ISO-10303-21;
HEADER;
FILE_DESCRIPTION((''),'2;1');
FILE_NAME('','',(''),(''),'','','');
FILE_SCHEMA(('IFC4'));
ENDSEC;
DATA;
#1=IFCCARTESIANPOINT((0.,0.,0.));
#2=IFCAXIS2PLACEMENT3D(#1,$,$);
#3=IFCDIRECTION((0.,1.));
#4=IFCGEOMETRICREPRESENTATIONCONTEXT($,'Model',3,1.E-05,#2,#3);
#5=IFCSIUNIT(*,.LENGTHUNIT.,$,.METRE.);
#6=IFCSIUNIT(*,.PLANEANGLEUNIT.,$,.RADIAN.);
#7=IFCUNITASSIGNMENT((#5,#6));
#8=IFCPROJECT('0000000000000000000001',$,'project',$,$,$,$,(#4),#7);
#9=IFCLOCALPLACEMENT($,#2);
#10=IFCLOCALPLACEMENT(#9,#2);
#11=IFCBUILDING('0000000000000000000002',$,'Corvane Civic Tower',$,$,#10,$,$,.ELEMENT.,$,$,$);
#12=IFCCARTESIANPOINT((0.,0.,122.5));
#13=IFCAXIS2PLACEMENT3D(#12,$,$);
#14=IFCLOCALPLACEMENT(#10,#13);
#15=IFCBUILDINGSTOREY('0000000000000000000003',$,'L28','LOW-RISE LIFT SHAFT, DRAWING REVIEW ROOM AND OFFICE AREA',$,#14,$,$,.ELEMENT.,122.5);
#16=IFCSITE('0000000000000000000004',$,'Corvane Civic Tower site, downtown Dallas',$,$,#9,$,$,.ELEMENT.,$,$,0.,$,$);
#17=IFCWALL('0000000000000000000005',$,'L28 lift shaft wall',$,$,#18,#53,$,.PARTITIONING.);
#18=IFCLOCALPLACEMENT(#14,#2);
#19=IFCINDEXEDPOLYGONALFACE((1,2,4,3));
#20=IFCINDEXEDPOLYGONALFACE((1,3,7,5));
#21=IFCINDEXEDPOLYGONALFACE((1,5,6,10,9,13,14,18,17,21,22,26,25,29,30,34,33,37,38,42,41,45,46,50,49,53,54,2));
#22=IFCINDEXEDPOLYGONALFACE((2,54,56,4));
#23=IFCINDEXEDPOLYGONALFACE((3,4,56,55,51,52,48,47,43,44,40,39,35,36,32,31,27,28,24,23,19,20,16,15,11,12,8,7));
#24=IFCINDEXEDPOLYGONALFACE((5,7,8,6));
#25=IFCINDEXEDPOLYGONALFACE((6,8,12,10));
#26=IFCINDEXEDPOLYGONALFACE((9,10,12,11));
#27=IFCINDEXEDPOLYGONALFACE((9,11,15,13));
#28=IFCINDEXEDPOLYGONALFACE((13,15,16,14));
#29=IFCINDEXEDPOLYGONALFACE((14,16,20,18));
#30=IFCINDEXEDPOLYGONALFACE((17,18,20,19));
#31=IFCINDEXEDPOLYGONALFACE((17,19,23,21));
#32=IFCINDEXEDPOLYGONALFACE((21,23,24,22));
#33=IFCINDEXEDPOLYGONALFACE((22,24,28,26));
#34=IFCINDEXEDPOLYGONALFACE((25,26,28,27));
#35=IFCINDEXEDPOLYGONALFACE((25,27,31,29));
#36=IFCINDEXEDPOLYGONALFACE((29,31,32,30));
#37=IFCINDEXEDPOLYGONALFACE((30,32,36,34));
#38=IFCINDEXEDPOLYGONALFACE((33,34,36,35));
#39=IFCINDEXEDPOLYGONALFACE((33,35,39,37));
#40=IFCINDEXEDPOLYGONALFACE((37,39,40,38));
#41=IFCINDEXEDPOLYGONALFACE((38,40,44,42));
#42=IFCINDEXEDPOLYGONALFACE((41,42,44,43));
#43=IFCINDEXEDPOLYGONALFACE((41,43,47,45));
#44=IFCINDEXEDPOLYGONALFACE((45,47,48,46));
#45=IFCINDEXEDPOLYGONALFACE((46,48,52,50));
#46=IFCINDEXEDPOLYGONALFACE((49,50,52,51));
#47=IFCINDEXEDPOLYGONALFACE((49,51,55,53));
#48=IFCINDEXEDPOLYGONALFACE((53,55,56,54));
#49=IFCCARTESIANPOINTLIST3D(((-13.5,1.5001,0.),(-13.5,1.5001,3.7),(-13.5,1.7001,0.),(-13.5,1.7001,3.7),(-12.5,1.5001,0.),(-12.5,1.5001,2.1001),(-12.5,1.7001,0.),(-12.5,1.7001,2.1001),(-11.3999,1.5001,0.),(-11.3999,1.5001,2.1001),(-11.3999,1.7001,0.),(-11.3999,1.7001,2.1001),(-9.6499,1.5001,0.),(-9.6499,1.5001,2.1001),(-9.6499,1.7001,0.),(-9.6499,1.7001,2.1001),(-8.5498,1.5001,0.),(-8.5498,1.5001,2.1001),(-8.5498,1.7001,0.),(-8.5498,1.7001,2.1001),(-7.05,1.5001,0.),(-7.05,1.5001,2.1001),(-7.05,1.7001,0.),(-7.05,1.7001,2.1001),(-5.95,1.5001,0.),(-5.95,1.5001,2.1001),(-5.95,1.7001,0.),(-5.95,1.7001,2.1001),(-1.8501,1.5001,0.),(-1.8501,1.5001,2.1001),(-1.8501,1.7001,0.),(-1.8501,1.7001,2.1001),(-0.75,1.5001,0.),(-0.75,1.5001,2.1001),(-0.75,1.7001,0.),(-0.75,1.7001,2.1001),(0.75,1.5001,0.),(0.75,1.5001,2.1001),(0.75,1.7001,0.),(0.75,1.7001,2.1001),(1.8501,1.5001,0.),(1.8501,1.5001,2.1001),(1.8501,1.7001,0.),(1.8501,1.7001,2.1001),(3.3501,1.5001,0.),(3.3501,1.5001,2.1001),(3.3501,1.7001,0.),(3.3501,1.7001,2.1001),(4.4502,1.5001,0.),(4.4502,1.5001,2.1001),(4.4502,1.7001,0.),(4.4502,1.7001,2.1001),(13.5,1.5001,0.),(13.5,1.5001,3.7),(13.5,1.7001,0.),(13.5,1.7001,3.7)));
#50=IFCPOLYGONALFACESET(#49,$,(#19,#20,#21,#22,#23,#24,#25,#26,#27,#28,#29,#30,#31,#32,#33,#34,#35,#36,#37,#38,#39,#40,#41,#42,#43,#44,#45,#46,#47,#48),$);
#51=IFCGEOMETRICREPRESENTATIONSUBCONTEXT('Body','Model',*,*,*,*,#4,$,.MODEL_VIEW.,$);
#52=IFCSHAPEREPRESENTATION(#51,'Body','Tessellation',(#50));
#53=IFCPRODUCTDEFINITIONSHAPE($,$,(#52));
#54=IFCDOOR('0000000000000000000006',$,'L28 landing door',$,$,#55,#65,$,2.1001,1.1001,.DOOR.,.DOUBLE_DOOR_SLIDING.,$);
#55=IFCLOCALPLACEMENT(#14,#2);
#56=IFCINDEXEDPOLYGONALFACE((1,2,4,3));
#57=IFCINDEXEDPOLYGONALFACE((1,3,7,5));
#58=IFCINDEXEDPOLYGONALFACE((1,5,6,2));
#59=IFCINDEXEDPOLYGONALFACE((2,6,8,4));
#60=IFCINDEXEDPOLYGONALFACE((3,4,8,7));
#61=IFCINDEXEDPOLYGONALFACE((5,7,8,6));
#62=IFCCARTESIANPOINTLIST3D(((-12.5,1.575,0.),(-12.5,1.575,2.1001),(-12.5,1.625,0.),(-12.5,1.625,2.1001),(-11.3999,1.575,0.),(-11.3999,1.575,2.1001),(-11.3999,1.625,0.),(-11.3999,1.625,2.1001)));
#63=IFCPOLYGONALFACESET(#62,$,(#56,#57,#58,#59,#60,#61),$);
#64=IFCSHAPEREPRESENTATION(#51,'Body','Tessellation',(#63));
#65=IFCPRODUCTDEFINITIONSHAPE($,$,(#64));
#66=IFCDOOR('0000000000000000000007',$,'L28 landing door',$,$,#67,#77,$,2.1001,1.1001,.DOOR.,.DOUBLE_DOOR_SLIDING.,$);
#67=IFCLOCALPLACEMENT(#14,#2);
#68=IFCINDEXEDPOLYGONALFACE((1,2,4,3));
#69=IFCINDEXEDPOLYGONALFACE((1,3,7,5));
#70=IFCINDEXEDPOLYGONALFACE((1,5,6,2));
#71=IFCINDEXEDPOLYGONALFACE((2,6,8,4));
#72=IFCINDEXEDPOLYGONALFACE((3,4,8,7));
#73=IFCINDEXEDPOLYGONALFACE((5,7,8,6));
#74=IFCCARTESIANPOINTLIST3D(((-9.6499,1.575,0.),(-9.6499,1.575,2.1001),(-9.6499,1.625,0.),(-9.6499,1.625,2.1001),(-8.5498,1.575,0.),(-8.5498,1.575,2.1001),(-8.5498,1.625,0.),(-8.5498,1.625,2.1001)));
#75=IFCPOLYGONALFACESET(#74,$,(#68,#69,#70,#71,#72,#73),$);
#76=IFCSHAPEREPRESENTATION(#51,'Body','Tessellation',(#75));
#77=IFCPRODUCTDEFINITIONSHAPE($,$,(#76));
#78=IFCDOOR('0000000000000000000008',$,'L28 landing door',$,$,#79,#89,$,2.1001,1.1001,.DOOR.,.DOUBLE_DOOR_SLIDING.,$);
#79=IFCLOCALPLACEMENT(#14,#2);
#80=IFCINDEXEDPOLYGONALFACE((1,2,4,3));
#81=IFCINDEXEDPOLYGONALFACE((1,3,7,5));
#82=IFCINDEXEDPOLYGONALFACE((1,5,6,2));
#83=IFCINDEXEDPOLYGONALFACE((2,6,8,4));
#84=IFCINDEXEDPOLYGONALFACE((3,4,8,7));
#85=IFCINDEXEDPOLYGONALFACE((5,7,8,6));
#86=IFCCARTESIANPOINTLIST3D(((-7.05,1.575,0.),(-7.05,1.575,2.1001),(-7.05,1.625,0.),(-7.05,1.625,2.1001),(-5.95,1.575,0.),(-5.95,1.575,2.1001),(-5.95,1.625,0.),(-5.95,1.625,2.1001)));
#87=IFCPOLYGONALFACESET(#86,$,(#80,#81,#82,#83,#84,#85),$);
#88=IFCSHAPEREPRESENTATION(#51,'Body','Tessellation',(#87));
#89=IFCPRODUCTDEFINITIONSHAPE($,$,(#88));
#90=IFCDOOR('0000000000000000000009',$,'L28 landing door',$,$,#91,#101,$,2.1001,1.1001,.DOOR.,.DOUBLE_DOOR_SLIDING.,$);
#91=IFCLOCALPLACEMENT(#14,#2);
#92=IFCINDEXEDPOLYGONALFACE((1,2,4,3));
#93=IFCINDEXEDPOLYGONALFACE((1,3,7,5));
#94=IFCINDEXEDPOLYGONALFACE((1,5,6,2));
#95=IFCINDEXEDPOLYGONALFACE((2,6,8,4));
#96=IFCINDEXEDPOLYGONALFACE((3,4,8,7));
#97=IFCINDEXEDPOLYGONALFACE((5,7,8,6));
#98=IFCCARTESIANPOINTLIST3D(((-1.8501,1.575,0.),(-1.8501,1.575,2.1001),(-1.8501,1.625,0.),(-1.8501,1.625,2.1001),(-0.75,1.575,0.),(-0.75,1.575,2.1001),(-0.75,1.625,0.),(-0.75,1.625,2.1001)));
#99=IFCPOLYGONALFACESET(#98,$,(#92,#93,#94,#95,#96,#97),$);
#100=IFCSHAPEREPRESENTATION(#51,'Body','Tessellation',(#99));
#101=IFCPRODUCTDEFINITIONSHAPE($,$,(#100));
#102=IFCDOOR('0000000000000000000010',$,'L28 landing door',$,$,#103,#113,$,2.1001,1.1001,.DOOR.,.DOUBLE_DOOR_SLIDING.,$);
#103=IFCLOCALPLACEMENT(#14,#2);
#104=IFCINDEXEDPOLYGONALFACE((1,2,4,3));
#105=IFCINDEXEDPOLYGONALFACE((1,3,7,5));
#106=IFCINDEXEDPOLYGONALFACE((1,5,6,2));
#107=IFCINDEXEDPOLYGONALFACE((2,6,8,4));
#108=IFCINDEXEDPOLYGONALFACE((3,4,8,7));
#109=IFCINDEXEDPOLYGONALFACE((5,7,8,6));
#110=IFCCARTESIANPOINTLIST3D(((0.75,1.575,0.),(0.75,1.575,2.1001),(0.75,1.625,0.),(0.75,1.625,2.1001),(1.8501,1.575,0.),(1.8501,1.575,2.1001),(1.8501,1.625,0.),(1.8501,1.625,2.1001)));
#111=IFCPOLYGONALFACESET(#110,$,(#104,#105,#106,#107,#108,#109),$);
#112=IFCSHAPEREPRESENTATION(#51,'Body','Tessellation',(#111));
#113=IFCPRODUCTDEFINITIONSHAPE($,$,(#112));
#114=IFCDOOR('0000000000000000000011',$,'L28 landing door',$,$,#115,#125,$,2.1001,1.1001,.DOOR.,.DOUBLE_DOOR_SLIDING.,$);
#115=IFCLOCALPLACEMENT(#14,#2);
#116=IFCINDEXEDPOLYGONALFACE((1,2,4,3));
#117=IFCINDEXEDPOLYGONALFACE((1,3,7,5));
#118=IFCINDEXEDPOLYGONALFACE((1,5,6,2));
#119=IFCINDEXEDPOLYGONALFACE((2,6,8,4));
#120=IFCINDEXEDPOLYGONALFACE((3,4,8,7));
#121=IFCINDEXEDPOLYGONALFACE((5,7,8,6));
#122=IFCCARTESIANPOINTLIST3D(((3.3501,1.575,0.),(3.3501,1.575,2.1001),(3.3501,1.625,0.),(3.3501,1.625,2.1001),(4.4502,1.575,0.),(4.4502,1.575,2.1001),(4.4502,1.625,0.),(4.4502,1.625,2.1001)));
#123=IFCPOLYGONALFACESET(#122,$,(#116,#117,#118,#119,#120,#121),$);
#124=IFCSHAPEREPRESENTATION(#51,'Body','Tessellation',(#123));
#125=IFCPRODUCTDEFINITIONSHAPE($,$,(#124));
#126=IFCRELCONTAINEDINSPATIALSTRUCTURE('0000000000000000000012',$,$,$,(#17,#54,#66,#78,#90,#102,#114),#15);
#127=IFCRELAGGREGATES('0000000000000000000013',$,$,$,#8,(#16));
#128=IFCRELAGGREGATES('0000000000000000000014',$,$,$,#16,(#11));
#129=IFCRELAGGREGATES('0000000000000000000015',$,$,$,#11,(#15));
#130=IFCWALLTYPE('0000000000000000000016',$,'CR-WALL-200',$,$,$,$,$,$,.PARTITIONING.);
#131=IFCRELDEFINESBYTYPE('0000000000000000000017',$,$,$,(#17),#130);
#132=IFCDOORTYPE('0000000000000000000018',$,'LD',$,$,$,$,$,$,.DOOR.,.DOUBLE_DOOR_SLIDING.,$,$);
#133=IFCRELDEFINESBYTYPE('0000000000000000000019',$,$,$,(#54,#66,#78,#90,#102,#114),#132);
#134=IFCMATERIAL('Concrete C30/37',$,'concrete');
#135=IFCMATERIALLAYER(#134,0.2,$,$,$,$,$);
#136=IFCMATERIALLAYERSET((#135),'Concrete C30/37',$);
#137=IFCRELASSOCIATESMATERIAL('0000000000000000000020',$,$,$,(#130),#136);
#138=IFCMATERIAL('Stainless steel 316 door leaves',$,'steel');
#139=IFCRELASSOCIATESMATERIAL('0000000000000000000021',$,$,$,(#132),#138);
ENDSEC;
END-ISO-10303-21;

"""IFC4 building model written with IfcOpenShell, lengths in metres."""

from ifc_helpers import new_model, si_unit, direction, frame, frame_2d, origin, place, context, subcontext, project, spatial, rectangle, extrude, material, layer, layer_set, type_object, element, fill, save


model = new_model("IFC4")

# Units and contexts
model_context = context("Model", 3, precision=1e-05, world=origin(), true_north=direction((0.0, 1.0)))
body_context = subcontext(model_context, "Body", "Model", "MODEL_VIEW")
ifc_project = project(units=[si_unit("LENGTHUNIT", "METRE"), si_unit("PLANEANGLEUNIT", "RADIAN")], contexts=[model_context])

# Site, building, storey
site_placement = place(None, origin())
site = spatial("IfcSite", under=ifc_project, at=site_placement, Name="Corvane Civic Tower site, downtown Dallas", CompositionType="ELEMENT", RefElevation=0.0)
building_placement = place(site_placement, origin())
building = spatial("IfcBuilding", under=site, at=building_placement, Name="Corvane Civic Tower", CompositionType="ELEMENT")
storey_placement = place(building_placement, frame((0.0, 0.0, 122.5)))
storey = spatial("IfcBuildingStorey", under=building, at=storey_placement, Name="L28", Description="LOW-RISE LIFT SHAFT, DRAWING REVIEW ROOM AND OFFICE AREA", CompositionType="ELEMENT", Elevation=122.5)

# Wall, openings, doors
ifc_material_1 = material(Name="Concrete C30/37", Category="concrete")
ifc_layer_1 = layer(ifc_material_1, 0.2)
ifc_layer_set_1 = layer_set([ifc_layer_1], Name="Concrete C30/37")
wall_type_1 = type_object("IfcWallType", Name="CR-WALL-200", PredefinedType="PARTITIONING", material=ifc_layer_set_1)
ifc_material_2 = material(Name="Stainless steel 316 door leaves", Category="steel")
door_type_1 = type_object("IfcDoorType", Name="LD", OperationType="DOUBLE_DOOR_SLIDING", PredefinedType="DOOR", material=ifc_material_2)
wall_1_placement = place(storey_placement, frame((-13.5, 1.6001, 0.0), z_axis=(0.0, 0.0, 1.0), x_axis=(1.0, 0.0, 0.0)))
wall_1 = element("IfcWall", 1, at=wall_1_placement, inside=storey, type_object=wall_type_1, Name="L28 lift shaft wall", PredefinedType="PARTITIONING", context=body_context, shape_type="SweptSolid", body=[
    extrude(rectangle(XDim=27.0, YDim=0.2, at=frame_2d((13.5, 0.0))), origin(), (0.0, 0.0, 1.0), 3.7),
])
opening_1_placement = place(wall_1_placement, frame((1.0, 0.0, 0.0)))
opening_1 = element("IfcOpeningElement", 2, at=opening_1_placement, cuts=wall_1, PredefinedType="OPENING", context=body_context, shape_type="SweptSolid", body=[
    extrude(rectangle(XDim=1.1001, YDim=2.1001, at=frame_2d((0.55, 1.05))), frame((0.0, 0.1099, 0.0), z_axis=(0.0, -1.0, 0.0), x_axis=(1.0, 0.0, 0.0)), (0.0, 0.0, 1.0), 0.22),
])
opening_2_placement = place(wall_1_placement, frame((3.8501, 0.0, 0.0)))
opening_2 = element("IfcOpeningElement", 3, at=opening_2_placement, cuts=wall_1, PredefinedType="OPENING", context=body_context, shape_type="SweptSolid", body=[
    extrude(rectangle(XDim=1.1001, YDim=2.1001, at=frame_2d((0.55, 1.05))), frame((0.0, 0.1099, 0.0), z_axis=(0.0, -1.0, 0.0), x_axis=(1.0, 0.0, 0.0)), (0.0, 0.0, 1.0), 0.22),
])
opening_3_placement = place(wall_1_placement, frame((6.45, 0.0, 0.0)))
opening_3 = element("IfcOpeningElement", 4, at=opening_3_placement, cuts=wall_1, PredefinedType="OPENING", context=body_context, shape_type="SweptSolid", body=[
    extrude(rectangle(XDim=1.1001, YDim=2.1001, at=frame_2d((0.55, 1.05))), frame((0.0, 0.1099, 0.0), z_axis=(0.0, -1.0, 0.0), x_axis=(1.0, 0.0, 0.0)), (0.0, 0.0, 1.0), 0.22),
])
opening_4_placement = place(wall_1_placement, frame((11.6499, 0.0, 0.0)))
opening_4 = element("IfcOpeningElement", 5, at=opening_4_placement, cuts=wall_1, PredefinedType="OPENING", context=body_context, shape_type="SweptSolid", body=[
    extrude(rectangle(XDim=1.1001, YDim=2.1001, at=frame_2d((0.55, 1.05))), frame((0.0, 0.1099, 0.0), z_axis=(0.0, -1.0, 0.0), x_axis=(1.0, 0.0, 0.0)), (0.0, 0.0, 1.0), 0.22),
])
opening_5_placement = place(wall_1_placement, frame((14.25, 0.0, 0.0)))
opening_5 = element("IfcOpeningElement", 6, at=opening_5_placement, cuts=wall_1, PredefinedType="OPENING", context=body_context, shape_type="SweptSolid", body=[
    extrude(rectangle(XDim=1.1001, YDim=2.1001, at=frame_2d((0.55, 1.05))), frame((0.0, 0.1099, 0.0), z_axis=(0.0, -1.0, 0.0), x_axis=(1.0, 0.0, 0.0)), (0.0, 0.0, 1.0), 0.22),
])
opening_6_placement = place(wall_1_placement, frame((16.8501, 0.0, 0.0)))
opening_6 = element("IfcOpeningElement", 7, at=opening_6_placement, cuts=wall_1, PredefinedType="OPENING", context=body_context, shape_type="SweptSolid", body=[
    extrude(rectangle(XDim=1.1001, YDim=2.1001, at=frame_2d((0.55, 1.05))), frame((0.0, 0.1099, 0.0), z_axis=(0.0, -1.0, 0.0), x_axis=(1.0, 0.0, 0.0)), (0.0, 0.0, 1.0), 0.22),
])
door_1_placement = place(opening_1_placement, origin())
door_1 = element("IfcDoor", 8, at=door_1_placement, inside=storey, type_object=door_type_1, Name="L28 landing door", OperationType="DOUBLE_DOOR_SLIDING", OverallHeight=2.1001, OverallWidth=1.1001, PredefinedType="DOOR", context=body_context, shape_type="SweptSolid", body=[
    extrude(rectangle(XDim=1.1001, YDim=2.1001, at=frame_2d((0.55, 1.05))), frame((0.0, 0.0249, 0.0), z_axis=(0.0, -1.0, 0.0), x_axis=(1.0, 0.0, 0.0)), (0.0, 0.0, 1.0), 0.05),
])
fill(opening_1, door_1)
door_2_placement = place(opening_2_placement, origin())
door_2 = element("IfcDoor", 9, at=door_2_placement, inside=storey, type_object=door_type_1, Name="L28 landing door", OperationType="DOUBLE_DOOR_SLIDING", OverallHeight=2.1001, OverallWidth=1.1001, PredefinedType="DOOR", context=body_context, shape_type="SweptSolid", body=[
    extrude(rectangle(XDim=1.1001, YDim=2.1001, at=frame_2d((0.55, 1.05))), frame((0.0, 0.0249, 0.0), z_axis=(0.0, -1.0, 0.0), x_axis=(1.0, 0.0, 0.0)), (0.0, 0.0, 1.0), 0.05),
])
fill(opening_2, door_2)
door_3_placement = place(opening_3_placement, origin())
door_3 = element("IfcDoor", 10, at=door_3_placement, inside=storey, type_object=door_type_1, Name="L28 landing door", OperationType="DOUBLE_DOOR_SLIDING", OverallHeight=2.1001, OverallWidth=1.1001, PredefinedType="DOOR", context=body_context, shape_type="SweptSolid", body=[
    extrude(rectangle(XDim=1.1001, YDim=2.1001, at=frame_2d((0.55, 1.05))), frame((0.0, 0.0249, 0.0), z_axis=(0.0, -1.0, 0.0), x_axis=(1.0, 0.0, 0.0)), (0.0, 0.0, 1.0), 0.05),
])
fill(opening_3, door_3)
door_4_placement = place(opening_4_placement, origin())
door_4 = element("IfcDoor", 11, at=door_4_placement, inside=storey, type_object=door_type_1, Name="L28 landing door", OperationType="DOUBLE_DOOR_SLIDING", OverallHeight=2.1001, OverallWidth=1.1001, PredefinedType="DOOR", context=body_context, shape_type="SweptSolid", body=[
    extrude(rectangle(XDim=1.1001, YDim=2.1001, at=frame_2d((0.55, 1.05))), frame((0.0, 0.0249, 0.0), z_axis=(0.0, -1.0, 0.0), x_axis=(1.0, 0.0, 0.0)), (0.0, 0.0, 1.0), 0.05),
])
fill(opening_4, door_4)
door_5_placement = place(opening_5_placement, origin())
door_5 = element("IfcDoor", 12, at=door_5_placement, inside=storey, type_object=door_type_1, Name="L28 landing door", OperationType="DOUBLE_DOOR_SLIDING", OverallHeight=2.1001, OverallWidth=1.1001, PredefinedType="DOOR", context=body_context, shape_type="SweptSolid", body=[
    extrude(rectangle(XDim=1.1001, YDim=2.1001, at=frame_2d((0.55, 1.05))), frame((0.0, 0.0249, 0.0), z_axis=(0.0, -1.0, 0.0), x_axis=(1.0, 0.0, 0.0)), (0.0, 0.0, 1.0), 0.05),
])
fill(opening_5, door_5)
door_6_placement = place(opening_6_placement, origin())
door_6 = element("IfcDoor", 13, at=door_6_placement, inside=storey, type_object=door_type_1, Name="L28 landing door", OperationType="DOUBLE_DOOR_SLIDING", OverallHeight=2.1001, OverallWidth=1.1001, PredefinedType="DOOR", context=body_context, shape_type="SweptSolid", body=[
    extrude(rectangle(XDim=1.1001, YDim=2.1001, at=frame_2d((0.55, 1.05))), frame((0.0, 0.0249, 0.0), z_axis=(0.0, -1.0, 0.0), x_axis=(1.0, 0.0, 0.0)), (0.0, 0.0, 1.0), 0.05),
])
fill(opening_6, door_6)

save(model, "model.ifc")
